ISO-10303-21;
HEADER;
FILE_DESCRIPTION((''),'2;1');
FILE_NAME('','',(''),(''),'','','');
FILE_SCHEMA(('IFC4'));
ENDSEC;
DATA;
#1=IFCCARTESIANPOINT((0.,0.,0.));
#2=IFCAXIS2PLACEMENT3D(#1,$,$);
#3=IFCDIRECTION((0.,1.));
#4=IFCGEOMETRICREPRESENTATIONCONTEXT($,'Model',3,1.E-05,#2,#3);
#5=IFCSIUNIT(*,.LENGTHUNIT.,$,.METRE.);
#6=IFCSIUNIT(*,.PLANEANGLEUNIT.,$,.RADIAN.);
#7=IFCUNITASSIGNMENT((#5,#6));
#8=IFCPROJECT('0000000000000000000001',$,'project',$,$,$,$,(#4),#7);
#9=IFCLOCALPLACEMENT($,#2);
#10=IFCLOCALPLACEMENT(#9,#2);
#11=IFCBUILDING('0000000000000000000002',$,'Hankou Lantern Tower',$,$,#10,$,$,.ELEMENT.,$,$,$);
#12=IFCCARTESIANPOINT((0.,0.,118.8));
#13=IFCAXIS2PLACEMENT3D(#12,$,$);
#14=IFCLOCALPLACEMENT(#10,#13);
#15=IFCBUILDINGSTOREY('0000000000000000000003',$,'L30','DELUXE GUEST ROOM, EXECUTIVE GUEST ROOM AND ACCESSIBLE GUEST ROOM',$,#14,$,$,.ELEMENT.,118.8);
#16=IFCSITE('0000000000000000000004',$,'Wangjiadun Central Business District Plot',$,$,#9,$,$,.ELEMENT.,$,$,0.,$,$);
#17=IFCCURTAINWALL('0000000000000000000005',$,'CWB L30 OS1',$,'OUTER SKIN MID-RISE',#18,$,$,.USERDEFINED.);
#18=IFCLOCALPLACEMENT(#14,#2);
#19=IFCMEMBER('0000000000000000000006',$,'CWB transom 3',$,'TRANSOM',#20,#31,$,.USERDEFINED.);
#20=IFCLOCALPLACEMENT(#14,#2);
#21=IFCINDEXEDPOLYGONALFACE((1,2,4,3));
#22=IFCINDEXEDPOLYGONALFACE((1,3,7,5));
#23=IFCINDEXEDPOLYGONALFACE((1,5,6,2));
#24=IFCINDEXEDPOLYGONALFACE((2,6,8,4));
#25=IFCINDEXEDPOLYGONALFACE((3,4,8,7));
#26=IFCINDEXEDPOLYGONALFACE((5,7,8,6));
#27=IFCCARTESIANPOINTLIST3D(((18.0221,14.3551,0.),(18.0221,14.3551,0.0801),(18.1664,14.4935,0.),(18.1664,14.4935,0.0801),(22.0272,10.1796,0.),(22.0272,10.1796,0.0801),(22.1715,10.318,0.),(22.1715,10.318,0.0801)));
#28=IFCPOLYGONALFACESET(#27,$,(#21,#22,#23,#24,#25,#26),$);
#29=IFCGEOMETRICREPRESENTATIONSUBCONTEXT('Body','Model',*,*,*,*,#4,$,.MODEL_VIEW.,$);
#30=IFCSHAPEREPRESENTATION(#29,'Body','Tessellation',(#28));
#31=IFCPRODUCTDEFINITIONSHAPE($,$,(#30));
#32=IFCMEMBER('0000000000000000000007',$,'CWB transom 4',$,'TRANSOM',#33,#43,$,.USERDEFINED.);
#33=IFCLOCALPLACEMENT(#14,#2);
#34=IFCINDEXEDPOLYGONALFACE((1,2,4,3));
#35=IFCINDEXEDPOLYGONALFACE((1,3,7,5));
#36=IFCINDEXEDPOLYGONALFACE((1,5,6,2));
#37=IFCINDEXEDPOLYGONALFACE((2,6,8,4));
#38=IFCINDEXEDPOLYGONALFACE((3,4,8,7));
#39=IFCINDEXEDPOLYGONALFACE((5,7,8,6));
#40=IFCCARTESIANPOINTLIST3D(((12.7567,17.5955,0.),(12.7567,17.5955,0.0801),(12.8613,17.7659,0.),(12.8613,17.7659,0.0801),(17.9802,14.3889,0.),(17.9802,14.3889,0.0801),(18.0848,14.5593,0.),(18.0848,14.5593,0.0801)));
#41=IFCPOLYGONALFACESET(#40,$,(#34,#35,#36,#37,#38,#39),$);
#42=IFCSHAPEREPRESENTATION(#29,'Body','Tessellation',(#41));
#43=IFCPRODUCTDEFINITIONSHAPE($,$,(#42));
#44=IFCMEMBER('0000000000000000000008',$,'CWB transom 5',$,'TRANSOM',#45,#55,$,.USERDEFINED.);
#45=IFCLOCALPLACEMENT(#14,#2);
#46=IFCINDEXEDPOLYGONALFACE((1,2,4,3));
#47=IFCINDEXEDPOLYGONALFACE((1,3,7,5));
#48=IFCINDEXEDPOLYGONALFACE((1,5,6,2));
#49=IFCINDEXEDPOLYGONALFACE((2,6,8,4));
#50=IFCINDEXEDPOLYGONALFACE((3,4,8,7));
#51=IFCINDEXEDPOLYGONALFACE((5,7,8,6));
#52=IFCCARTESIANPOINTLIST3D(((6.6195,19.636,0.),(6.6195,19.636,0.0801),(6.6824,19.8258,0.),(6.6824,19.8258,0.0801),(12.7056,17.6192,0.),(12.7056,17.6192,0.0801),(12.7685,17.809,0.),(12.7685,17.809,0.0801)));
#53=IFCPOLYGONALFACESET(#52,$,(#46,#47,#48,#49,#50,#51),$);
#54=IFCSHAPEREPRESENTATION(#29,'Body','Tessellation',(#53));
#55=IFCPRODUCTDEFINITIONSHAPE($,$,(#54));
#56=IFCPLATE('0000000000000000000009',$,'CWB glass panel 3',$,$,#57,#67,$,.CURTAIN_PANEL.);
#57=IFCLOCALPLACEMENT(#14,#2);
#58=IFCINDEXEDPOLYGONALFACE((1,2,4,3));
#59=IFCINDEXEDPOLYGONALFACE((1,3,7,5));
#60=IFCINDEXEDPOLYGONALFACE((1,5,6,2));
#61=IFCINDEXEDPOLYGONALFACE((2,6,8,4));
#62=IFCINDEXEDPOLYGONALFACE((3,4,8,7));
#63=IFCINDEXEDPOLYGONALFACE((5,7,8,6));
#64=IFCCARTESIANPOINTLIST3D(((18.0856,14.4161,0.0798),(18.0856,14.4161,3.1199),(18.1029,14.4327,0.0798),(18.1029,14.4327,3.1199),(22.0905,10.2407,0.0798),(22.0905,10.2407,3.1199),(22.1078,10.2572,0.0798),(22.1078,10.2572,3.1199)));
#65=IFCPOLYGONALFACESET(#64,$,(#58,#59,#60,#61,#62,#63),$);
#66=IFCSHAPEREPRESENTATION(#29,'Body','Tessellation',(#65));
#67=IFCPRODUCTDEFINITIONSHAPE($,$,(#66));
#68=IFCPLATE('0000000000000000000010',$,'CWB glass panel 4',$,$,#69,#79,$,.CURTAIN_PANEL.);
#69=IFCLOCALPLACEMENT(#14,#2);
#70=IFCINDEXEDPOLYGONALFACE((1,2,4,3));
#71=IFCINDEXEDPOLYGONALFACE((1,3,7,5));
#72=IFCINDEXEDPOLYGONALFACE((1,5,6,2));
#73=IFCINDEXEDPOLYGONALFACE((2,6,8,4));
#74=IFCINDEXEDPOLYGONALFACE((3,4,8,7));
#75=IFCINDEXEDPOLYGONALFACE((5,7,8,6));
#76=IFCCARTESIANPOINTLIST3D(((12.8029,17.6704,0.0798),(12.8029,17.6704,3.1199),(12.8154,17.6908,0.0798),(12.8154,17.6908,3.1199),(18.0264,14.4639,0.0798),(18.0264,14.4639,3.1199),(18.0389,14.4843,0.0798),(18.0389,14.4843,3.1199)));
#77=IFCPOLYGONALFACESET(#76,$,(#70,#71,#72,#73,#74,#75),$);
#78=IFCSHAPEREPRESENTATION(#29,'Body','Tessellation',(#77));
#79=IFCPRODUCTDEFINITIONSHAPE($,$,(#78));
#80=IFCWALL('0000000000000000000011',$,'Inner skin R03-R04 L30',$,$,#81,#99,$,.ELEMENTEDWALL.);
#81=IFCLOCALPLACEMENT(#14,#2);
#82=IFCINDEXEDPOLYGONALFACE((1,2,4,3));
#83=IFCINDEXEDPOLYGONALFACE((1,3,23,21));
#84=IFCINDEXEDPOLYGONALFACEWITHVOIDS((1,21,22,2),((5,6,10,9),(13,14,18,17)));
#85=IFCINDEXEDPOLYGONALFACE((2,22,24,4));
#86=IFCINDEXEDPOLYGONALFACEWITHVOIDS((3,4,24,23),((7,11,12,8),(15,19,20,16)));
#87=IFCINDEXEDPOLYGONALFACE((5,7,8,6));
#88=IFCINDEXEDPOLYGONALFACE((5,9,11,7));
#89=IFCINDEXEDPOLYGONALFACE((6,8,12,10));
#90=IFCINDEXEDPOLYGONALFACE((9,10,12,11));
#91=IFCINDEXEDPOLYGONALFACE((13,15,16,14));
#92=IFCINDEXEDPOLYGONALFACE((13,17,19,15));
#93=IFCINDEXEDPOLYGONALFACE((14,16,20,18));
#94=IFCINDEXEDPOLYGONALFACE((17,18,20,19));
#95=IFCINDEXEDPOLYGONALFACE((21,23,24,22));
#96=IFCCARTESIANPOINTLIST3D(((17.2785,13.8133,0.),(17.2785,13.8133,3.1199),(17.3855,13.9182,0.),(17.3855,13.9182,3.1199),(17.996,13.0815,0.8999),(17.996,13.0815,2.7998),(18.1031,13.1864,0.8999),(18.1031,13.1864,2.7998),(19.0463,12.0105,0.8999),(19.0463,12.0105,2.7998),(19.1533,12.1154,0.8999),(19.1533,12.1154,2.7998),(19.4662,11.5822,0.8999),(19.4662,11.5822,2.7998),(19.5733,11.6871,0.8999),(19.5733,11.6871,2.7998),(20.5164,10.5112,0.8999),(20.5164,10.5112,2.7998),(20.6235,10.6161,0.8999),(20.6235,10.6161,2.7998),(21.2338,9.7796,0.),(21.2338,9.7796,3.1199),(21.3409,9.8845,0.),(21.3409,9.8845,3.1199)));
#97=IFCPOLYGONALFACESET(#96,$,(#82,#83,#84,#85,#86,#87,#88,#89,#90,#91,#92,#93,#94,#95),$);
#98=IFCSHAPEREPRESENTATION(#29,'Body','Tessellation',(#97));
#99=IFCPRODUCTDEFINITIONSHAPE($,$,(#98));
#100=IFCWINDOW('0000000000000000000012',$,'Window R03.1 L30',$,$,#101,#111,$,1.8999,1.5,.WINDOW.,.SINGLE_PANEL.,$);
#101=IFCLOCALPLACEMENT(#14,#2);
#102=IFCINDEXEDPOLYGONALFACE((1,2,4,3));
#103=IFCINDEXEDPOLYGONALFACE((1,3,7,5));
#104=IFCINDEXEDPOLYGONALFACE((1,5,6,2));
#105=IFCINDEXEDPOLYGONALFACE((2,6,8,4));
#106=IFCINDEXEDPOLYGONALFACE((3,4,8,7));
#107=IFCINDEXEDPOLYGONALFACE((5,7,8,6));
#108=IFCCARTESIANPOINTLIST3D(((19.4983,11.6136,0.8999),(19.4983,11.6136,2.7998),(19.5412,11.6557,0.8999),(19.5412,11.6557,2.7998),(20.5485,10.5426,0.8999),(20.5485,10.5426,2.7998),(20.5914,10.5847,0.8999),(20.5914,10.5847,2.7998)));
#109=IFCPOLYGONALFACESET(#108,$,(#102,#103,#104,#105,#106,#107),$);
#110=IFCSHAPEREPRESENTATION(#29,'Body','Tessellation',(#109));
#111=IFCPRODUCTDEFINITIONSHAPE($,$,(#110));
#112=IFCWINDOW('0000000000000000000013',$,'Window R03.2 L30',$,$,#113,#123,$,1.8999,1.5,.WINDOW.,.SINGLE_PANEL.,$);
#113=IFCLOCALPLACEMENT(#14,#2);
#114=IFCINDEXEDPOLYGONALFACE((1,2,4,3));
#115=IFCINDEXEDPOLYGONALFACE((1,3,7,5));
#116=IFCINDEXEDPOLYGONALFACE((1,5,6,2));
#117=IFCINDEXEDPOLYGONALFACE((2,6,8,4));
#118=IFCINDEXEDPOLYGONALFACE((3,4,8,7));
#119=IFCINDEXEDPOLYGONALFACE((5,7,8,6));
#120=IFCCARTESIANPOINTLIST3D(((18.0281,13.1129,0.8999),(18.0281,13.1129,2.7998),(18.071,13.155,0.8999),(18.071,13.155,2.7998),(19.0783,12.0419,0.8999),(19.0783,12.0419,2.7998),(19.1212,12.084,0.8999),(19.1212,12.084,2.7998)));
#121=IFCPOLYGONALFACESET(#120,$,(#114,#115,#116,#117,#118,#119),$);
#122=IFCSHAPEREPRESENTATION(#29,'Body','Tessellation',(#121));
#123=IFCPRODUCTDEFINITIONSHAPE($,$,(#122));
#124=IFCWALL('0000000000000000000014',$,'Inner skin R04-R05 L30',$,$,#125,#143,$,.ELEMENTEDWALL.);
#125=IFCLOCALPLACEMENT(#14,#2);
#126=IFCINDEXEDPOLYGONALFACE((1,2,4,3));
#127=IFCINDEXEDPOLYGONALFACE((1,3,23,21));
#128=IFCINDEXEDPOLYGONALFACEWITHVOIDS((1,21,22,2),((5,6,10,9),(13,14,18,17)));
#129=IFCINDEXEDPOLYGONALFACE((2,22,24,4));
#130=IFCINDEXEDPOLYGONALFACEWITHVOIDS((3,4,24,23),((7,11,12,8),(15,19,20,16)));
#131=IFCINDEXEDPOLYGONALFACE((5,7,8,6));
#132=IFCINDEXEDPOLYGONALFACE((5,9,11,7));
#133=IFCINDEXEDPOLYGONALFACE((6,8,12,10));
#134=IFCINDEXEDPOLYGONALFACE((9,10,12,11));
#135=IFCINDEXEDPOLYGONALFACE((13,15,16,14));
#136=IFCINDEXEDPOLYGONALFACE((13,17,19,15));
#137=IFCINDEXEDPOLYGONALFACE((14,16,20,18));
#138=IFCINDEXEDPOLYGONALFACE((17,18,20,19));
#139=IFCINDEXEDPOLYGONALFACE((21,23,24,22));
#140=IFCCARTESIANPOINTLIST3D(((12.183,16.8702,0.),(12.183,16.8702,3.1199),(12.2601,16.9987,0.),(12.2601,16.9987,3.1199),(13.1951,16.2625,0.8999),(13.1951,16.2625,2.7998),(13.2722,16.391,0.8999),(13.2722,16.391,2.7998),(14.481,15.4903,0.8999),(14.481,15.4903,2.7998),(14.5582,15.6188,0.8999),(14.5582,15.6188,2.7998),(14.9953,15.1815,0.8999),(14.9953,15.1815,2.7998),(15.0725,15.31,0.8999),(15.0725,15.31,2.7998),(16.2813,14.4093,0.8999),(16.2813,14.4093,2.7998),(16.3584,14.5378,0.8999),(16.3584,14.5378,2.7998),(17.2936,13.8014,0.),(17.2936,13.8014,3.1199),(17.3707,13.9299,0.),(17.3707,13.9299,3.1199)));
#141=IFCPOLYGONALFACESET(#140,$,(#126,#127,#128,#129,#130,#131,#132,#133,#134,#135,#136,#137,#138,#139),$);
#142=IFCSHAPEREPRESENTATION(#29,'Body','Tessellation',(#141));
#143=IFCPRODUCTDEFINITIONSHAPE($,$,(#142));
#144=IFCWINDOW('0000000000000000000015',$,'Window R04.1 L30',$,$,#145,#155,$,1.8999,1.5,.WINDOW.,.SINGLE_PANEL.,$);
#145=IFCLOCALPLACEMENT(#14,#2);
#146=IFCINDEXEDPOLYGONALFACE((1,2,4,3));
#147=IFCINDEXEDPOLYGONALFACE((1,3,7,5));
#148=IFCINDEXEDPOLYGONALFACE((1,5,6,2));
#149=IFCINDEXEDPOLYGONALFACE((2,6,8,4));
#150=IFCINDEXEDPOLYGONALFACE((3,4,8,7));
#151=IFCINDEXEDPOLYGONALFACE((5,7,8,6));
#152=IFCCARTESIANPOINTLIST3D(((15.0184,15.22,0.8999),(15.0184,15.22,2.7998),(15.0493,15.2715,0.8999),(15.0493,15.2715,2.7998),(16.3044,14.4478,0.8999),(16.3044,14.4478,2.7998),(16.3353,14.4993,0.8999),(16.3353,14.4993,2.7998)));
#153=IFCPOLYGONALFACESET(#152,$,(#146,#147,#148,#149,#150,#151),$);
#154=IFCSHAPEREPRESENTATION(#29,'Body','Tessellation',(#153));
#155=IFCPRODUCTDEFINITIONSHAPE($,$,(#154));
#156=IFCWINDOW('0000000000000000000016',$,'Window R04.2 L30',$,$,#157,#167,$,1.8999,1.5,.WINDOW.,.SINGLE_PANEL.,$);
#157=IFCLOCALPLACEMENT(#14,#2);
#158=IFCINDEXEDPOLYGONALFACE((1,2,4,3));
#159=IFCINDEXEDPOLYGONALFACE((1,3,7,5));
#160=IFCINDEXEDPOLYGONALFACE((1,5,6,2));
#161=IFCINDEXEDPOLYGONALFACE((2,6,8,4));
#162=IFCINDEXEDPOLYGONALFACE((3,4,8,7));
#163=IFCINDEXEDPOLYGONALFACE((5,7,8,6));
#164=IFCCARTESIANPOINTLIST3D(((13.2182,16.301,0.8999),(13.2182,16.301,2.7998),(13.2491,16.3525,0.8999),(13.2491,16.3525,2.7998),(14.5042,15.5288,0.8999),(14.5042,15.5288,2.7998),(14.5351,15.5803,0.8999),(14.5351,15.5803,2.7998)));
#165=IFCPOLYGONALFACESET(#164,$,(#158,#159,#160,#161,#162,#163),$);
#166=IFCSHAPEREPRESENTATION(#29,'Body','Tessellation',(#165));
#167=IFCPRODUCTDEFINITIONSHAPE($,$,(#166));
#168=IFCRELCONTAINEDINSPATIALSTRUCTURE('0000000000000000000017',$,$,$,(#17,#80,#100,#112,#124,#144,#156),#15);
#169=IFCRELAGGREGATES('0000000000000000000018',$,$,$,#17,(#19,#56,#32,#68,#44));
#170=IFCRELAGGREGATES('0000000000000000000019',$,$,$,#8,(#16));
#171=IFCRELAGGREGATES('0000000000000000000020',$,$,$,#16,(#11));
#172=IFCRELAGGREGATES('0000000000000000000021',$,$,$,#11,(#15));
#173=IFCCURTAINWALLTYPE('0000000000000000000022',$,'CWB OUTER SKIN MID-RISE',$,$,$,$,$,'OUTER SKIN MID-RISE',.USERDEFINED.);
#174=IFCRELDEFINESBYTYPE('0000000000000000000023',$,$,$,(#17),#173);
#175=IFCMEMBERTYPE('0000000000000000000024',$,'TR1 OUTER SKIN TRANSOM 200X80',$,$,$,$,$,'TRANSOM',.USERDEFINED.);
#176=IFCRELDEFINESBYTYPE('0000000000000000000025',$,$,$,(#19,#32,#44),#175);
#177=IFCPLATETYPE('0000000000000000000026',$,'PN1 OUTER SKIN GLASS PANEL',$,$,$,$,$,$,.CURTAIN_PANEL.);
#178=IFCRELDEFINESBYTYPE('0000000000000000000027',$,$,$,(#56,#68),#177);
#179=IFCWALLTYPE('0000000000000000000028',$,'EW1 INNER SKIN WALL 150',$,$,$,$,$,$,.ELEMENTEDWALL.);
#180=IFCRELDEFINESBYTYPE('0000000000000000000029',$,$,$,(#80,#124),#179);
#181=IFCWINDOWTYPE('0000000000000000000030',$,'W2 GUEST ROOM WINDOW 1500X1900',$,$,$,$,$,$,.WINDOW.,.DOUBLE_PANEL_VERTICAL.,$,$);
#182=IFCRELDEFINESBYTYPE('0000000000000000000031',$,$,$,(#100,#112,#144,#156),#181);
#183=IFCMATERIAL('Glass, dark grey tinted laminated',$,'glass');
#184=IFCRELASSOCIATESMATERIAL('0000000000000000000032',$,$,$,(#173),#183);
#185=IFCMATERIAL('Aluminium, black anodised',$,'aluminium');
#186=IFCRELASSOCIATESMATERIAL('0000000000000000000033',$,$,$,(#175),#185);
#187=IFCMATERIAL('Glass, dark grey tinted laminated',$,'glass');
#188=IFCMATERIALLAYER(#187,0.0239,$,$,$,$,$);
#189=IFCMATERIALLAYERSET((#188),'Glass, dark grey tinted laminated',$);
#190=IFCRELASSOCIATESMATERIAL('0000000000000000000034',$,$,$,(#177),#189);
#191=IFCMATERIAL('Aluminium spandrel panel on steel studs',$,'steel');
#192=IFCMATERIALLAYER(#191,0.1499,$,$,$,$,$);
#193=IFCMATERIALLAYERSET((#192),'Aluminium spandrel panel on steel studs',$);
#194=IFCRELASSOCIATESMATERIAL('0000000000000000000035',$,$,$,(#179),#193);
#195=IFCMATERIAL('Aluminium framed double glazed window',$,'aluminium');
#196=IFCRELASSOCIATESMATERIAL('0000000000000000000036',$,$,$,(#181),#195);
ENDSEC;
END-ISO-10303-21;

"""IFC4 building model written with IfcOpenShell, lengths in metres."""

from ifc_helpers import new_model, si_unit, direction, frame, frame_2d, origin, origin_2d, place, context, subcontext, project, spatial, rectangle, extrude, material, layer, layer_set, material_profile, profile_set, type_object, element, fill, aggregate, save


model = new_model("IFC4")

# Units and contexts
model_context = context("Model", 3, precision=1e-05, world=origin(), true_north=direction((0.0, 1.0)))
body_context = subcontext(model_context, "Body", "Model", "MODEL_VIEW")
ifc_project = project(units=[si_unit("LENGTHUNIT", "METRE"), si_unit("PLANEANGLEUNIT", "RADIAN")], contexts=[model_context])

# Site, building, storey
site_placement = place(None, origin())
site = spatial("IfcSite", under=ifc_project, at=site_placement, Name="Wangjiadun Central Business District Plot", CompositionType="ELEMENT", RefElevation=0.0)
building_placement = place(site_placement, origin())
building = spatial("IfcBuilding", under=site, at=building_placement, Name="Hankou Lantern Tower", CompositionType="ELEMENT")
storey_placement = place(building_placement, frame((0.0, 0.0, 118.8)))
storey = spatial("IfcBuildingStorey", under=building, at=storey_placement, Name="L30", Description="DELUXE GUEST ROOM, EXECUTIVE GUEST ROOM AND ACCESSIBLE GUEST ROOM", CompositionType="ELEMENT", Elevation=118.8)

# Curtain wall, members, plates
ifc_material_1 = material(Name="Glass, dark grey tinted laminated", Category="glass")
curtain_wall_type = type_object("IfcCurtainWallType", Name="CWB OUTER SKIN MID-RISE", ElementType="OUTER SKIN MID-RISE", PredefinedType="USERDEFINED", material=ifc_material_1)
curtain_wall_placement = place(storey_placement, origin())
curtain_wall = element("IfcCurtainWall", 1, at=curtain_wall_placement, inside=storey, type_object=curtain_wall_type, Name="CWB L30 OS1", ObjectType="OUTER SKIN MID-RISE", PredefinedType="USERDEFINED")
ifc_material_2 = material(Name="Aluminium, black anodised", Category="aluminium")
ifc_material_profile_1 = material_profile(ifc_material_2, rectangle(XDim=0.2, YDim=0.0801, at=origin_2d()), Name="TR1 200X80")
ifc_profile_set_1 = profile_set([ifc_material_profile_1], Name="Aluminium, black anodised")
member_type_1 = type_object("IfcMemberType", Name="TR1 OUTER SKIN TRANSOM 200X80", ElementType="TRANSOM", PredefinedType="USERDEFINED", material=ifc_profile_set_1)
member_1_placement = place(storey_placement, frame((22.0994, 10.2488, 0.04), z_axis=(-0.692227, 0.72168, 0.0), x_axis=(-0.72168, -0.692227, 0.0)))
member_1 = element("IfcMember", 2, at=member_1_placement, type_object=member_type_1, Name="CWB transom 3", ObjectType="TRANSOM", PredefinedType="USERDEFINED", context=body_context, shape_type="SweptSolid", body=[
    extrude(rectangle(XDim=0.2, YDim=0.0801, at=origin_2d()), origin(), (0.0, 0.0, 1.0), 5.7859),
])
member_2_placement = place(storey_placement, frame((18.0325, 14.4741, 0.04), z_axis=(-0.852229, 0.523168, 0.0), x_axis=(-0.523168, -0.852229, 0.0)))
member_2 = element("IfcMember", 3, at=member_2_placement, type_object=member_type_1, Name="CWB transom 4", ObjectType="TRANSOM", PredefinedType="USERDEFINED", context=body_context, shape_type="SweptSolid", body=[
    extrude(rectangle(XDim=0.2, YDim=0.0801, at=origin_2d()), origin(), (0.0, 0.0, 1.0), 6.1292),
])
member_3_placement = place(storey_placement, frame((12.7371, 17.7141, 0.04), z_axis=(-0.949238, 0.314559, 0.0), x_axis=(-0.314559, -0.949238, 0.0)))
member_3 = element("IfcMember", 4, at=member_3_placement, type_object=member_type_1, Name="CWB transom 5", ObjectType="TRANSOM", PredefinedType="USERDEFINED", context=body_context, shape_type="SweptSolid", body=[
    extrude(rectangle(XDim=0.2, YDim=0.0801, at=origin_2d()), origin(), (0.0, 0.0, 1.0), 6.4116),
])
ifc_material_3 = material(Name="Glass, dark grey tinted laminated", Category="glass")
ifc_layer_1 = layer(ifc_material_3, 0.0239)
ifc_layer_set_1 = layer_set([ifc_layer_1], Name="Glass, dark grey tinted laminated")
plate_type = type_object("IfcPlateType", Name="PN1 OUTER SKIN GLASS PANEL", PredefinedType="CURTAIN_PANEL", material=ifc_layer_set_1)
plate_1_placement = place(storey_placement, frame((20.0967, 12.3367, 0.0798), z_axis=(0.0, 0.0, 1.0), x_axis=(-0.692216, 0.721691, 0.0)))
plate_1 = element("IfcPlate", 5, at=plate_1_placement, type_object=plate_type, Name="CWB glass panel 3", PredefinedType="CURTAIN_PANEL", context=body_context, shape_type="SweptSolid", body=[
    extrude(rectangle(XDim=5.7856, YDim=0.0239, at=origin_2d()), origin(), (0.0, 0.0, 1.0), 3.04),
])
plate_2_placement = place(storey_placement, frame((15.4209, 16.0774, 0.0798), z_axis=(0.0, 0.0, 1.0), x_axis=(-0.852237, 0.523156, 0.0)))
plate_2 = element("IfcPlate", 6, at=plate_2_placement, type_object=plate_type, Name="CWB glass panel 4", PredefinedType="CURTAIN_PANEL", context=body_context, shape_type="SweptSolid", body=[
    extrude(rectangle(XDim=6.1292, YDim=0.0239, at=origin_2d()), origin(), (0.0, 0.0, 1.0), 3.04),
])
aggregate(curtain_wall, [member_1, plate_1, member_2, plate_2, member_3])

# Walls, openings, windows
ifc_material_4 = material(Name="Aluminium spandrel panel on steel studs", Category="steel")
ifc_layer_2 = layer(ifc_material_4, 0.1499)
ifc_layer_set_2 = layer_set([ifc_layer_2], Name="Aluminium spandrel panel on steel studs")
wall_type_1 = type_object("IfcWallType", Name="EW1 INNER SKIN WALL 150", PredefinedType="ELEMENTEDWALL", material=ifc_layer_set_2)
wall_1_placement = place(storey_placement, frame((21.2874, 9.832, 0.0), z_axis=(0.0, 0.0, 1.0), x_axis=(-0.700137, 0.714009, 0.0)))
wall_1 = element("IfcWall", 7, at=wall_1_placement, inside=storey, type_object=wall_type_1, Name="Inner skin R03-R04 L30", PredefinedType="ELEMENTEDWALL", context=body_context, shape_type="SweptSolid", body=[
    extrude(rectangle(XDim=5.6494, YDim=0.1499, at=frame_2d((2.8247, 0.0))), origin(), (0.0, 0.0, 1.0), 3.1199),
])
opening_1_placement = place(wall_1_placement, frame((1.0247, 0.0, 0.8999)))
opening_1 = element("IfcOpeningElement", 8, at=opening_1_placement, cuts=wall_1, PredefinedType="OPENING", context=body_context, shape_type="SweptSolid", body=[
    extrude(rectangle(XDim=1.5, YDim=1.8999, at=frame_2d((0.75, 0.95))), frame((0.0, 0.085, 0.0), z_axis=(0.0, -1.0, 0.0), x_axis=(1.0, 0.0, 0.0)), (0.0, 0.0, 1.0), 0.1699),
])
opening_2_placement = place(wall_1_placement, frame((3.1245, 0.0, 0.8999)))
opening_2 = element("IfcOpeningElement", 9, at=opening_2_placement, cuts=wall_1, PredefinedType="OPENING", context=body_context, shape_type="SweptSolid", body=[
    extrude(rectangle(XDim=1.5, YDim=1.8999, at=frame_2d((0.75, 0.95))), frame((0.0, 0.085, 0.0), z_axis=(0.0, -1.0, 0.0), x_axis=(1.0, 0.0, 0.0)), (0.0, 0.0, 1.0), 0.1699),
])
ifc_material_5 = material(Name="Aluminium framed double glazed window", Category="aluminium")
window_type = type_object("IfcWindowType", Name="W2 GUEST ROOM WINDOW 1500X1900", PartitioningType="DOUBLE_PANEL_VERTICAL", PredefinedType="WINDOW", material=ifc_material_5)
window_1_placement = place(opening_1_placement, origin())
window_1 = element("IfcWindow", 10, at=window_1_placement, inside=storey, type_object=window_type, Name="Window R03.1 L30", OverallHeight=1.8999, OverallWidth=1.5, PartitioningType="SINGLE_PANEL", PredefinedType="WINDOW", context=body_context, shape_type="SweptSolid", body=[
    extrude(rectangle(XDim=1.5, YDim=1.8999, at=frame_2d((0.75, 0.95))), frame((0.0, 0.03, 0.0), z_axis=(0.0, -1.0, 0.0), x_axis=(1.0, 0.0, 0.0)), (0.0, 0.0, 1.0), 0.0601),
])
fill(opening_1, window_1)
window_2_placement = place(opening_2_placement, origin())
window_2 = element("IfcWindow", 11, at=window_2_placement, inside=storey, type_object=window_type, Name="Window R03.2 L30", OverallHeight=1.8999, OverallWidth=1.5, PartitioningType="SINGLE_PANEL", PredefinedType="WINDOW", context=body_context, shape_type="SweptSolid", body=[
    extrude(rectangle(XDim=1.5, YDim=1.8999, at=frame_2d((0.75, 0.95))), frame((0.0, 0.03, 0.0), z_axis=(0.0, -1.0, 0.0), x_axis=(1.0, 0.0, 0.0)), (0.0, 0.0, 1.0), 0.0601),
])
fill(opening_2, window_2)
wall_2_placement = place(storey_placement, frame((17.332, 13.8657, 0.0), z_axis=(0.0, 0.0, 1.0), x_axis=(-0.857309, 0.514803, 0.0)))
wall_2 = element("IfcWall", 12, at=wall_2_placement, inside=storey, type_object=wall_type_1, Name="Inner skin R04-R05 L30", PredefinedType="ELEMENTEDWALL", context=body_context, shape_type="SweptSolid", body=[
    extrude(rectangle(XDim=5.9612, YDim=0.1499, at=frame_2d((2.9805, 0.0))), origin(), (0.0, 0.0, 1.0), 3.1199),
])
opening_3_placement = place(wall_2_placement, frame((1.1807, 0.0, 0.8999)))
opening_3 = element("IfcOpeningElement", 13, at=opening_3_placement, cuts=wall_2, PredefinedType="OPENING", context=body_context, shape_type="SweptSolid", body=[
    extrude(rectangle(XDim=1.5, YDim=1.8999, at=frame_2d((0.75, 0.95))), frame((0.0, 0.085, 0.0), z_axis=(0.0, -1.0, 0.0), x_axis=(1.0, 0.0, 0.0)), (0.0, 0.0, 1.0), 0.1699),
])
opening_4_placement = place(wall_2_placement, frame((3.2805, 0.0, 0.8999)))
opening_4 = element("IfcOpeningElement", 14, at=opening_4_placement, cuts=wall_2, PredefinedType="OPENING", context=body_context, shape_type="SweptSolid", body=[
    extrude(rectangle(XDim=1.5, YDim=1.8999, at=frame_2d((0.75, 0.95))), frame((0.0, 0.085, 0.0), z_axis=(0.0, -1.0, 0.0), x_axis=(1.0, 0.0, 0.0)), (0.0, 0.0, 1.0), 0.1699),
])
window_3_placement = place(opening_3_placement, origin())
window_3 = element("IfcWindow", 15, at=window_3_placement, inside=storey, type_object=window_type, Name="Window R04.1 L30", OverallHeight=1.8999, OverallWidth=1.5, PartitioningType="SINGLE_PANEL", PredefinedType="WINDOW", context=body_context, shape_type="SweptSolid", body=[
    extrude(rectangle(XDim=1.5, YDim=1.8999, at=frame_2d((0.75, 0.95))), frame((0.0, 0.03, 0.0), z_axis=(0.0, -1.0, 0.0), x_axis=(1.0, 0.0, 0.0)), (0.0, 0.0, 1.0), 0.0601),
])
fill(opening_3, window_3)
window_4_placement = place(opening_4_placement, origin())
window_4 = element("IfcWindow", 16, at=window_4_placement, inside=storey, type_object=window_type, Name="Window R04.2 L30", OverallHeight=1.8999, OverallWidth=1.5, PartitioningType="SINGLE_PANEL", PredefinedType="WINDOW", context=body_context, shape_type="SweptSolid", body=[
    extrude(rectangle(XDim=1.5, YDim=1.8999, at=frame_2d((0.75, 0.95))), frame((0.0, 0.03, 0.0), z_axis=(0.0, -1.0, 0.0), x_axis=(1.0, 0.0, 0.0)), (0.0, 0.0, 1.0), 0.0601),
])
fill(opening_4, window_4)

save(model, "model.ifc")
